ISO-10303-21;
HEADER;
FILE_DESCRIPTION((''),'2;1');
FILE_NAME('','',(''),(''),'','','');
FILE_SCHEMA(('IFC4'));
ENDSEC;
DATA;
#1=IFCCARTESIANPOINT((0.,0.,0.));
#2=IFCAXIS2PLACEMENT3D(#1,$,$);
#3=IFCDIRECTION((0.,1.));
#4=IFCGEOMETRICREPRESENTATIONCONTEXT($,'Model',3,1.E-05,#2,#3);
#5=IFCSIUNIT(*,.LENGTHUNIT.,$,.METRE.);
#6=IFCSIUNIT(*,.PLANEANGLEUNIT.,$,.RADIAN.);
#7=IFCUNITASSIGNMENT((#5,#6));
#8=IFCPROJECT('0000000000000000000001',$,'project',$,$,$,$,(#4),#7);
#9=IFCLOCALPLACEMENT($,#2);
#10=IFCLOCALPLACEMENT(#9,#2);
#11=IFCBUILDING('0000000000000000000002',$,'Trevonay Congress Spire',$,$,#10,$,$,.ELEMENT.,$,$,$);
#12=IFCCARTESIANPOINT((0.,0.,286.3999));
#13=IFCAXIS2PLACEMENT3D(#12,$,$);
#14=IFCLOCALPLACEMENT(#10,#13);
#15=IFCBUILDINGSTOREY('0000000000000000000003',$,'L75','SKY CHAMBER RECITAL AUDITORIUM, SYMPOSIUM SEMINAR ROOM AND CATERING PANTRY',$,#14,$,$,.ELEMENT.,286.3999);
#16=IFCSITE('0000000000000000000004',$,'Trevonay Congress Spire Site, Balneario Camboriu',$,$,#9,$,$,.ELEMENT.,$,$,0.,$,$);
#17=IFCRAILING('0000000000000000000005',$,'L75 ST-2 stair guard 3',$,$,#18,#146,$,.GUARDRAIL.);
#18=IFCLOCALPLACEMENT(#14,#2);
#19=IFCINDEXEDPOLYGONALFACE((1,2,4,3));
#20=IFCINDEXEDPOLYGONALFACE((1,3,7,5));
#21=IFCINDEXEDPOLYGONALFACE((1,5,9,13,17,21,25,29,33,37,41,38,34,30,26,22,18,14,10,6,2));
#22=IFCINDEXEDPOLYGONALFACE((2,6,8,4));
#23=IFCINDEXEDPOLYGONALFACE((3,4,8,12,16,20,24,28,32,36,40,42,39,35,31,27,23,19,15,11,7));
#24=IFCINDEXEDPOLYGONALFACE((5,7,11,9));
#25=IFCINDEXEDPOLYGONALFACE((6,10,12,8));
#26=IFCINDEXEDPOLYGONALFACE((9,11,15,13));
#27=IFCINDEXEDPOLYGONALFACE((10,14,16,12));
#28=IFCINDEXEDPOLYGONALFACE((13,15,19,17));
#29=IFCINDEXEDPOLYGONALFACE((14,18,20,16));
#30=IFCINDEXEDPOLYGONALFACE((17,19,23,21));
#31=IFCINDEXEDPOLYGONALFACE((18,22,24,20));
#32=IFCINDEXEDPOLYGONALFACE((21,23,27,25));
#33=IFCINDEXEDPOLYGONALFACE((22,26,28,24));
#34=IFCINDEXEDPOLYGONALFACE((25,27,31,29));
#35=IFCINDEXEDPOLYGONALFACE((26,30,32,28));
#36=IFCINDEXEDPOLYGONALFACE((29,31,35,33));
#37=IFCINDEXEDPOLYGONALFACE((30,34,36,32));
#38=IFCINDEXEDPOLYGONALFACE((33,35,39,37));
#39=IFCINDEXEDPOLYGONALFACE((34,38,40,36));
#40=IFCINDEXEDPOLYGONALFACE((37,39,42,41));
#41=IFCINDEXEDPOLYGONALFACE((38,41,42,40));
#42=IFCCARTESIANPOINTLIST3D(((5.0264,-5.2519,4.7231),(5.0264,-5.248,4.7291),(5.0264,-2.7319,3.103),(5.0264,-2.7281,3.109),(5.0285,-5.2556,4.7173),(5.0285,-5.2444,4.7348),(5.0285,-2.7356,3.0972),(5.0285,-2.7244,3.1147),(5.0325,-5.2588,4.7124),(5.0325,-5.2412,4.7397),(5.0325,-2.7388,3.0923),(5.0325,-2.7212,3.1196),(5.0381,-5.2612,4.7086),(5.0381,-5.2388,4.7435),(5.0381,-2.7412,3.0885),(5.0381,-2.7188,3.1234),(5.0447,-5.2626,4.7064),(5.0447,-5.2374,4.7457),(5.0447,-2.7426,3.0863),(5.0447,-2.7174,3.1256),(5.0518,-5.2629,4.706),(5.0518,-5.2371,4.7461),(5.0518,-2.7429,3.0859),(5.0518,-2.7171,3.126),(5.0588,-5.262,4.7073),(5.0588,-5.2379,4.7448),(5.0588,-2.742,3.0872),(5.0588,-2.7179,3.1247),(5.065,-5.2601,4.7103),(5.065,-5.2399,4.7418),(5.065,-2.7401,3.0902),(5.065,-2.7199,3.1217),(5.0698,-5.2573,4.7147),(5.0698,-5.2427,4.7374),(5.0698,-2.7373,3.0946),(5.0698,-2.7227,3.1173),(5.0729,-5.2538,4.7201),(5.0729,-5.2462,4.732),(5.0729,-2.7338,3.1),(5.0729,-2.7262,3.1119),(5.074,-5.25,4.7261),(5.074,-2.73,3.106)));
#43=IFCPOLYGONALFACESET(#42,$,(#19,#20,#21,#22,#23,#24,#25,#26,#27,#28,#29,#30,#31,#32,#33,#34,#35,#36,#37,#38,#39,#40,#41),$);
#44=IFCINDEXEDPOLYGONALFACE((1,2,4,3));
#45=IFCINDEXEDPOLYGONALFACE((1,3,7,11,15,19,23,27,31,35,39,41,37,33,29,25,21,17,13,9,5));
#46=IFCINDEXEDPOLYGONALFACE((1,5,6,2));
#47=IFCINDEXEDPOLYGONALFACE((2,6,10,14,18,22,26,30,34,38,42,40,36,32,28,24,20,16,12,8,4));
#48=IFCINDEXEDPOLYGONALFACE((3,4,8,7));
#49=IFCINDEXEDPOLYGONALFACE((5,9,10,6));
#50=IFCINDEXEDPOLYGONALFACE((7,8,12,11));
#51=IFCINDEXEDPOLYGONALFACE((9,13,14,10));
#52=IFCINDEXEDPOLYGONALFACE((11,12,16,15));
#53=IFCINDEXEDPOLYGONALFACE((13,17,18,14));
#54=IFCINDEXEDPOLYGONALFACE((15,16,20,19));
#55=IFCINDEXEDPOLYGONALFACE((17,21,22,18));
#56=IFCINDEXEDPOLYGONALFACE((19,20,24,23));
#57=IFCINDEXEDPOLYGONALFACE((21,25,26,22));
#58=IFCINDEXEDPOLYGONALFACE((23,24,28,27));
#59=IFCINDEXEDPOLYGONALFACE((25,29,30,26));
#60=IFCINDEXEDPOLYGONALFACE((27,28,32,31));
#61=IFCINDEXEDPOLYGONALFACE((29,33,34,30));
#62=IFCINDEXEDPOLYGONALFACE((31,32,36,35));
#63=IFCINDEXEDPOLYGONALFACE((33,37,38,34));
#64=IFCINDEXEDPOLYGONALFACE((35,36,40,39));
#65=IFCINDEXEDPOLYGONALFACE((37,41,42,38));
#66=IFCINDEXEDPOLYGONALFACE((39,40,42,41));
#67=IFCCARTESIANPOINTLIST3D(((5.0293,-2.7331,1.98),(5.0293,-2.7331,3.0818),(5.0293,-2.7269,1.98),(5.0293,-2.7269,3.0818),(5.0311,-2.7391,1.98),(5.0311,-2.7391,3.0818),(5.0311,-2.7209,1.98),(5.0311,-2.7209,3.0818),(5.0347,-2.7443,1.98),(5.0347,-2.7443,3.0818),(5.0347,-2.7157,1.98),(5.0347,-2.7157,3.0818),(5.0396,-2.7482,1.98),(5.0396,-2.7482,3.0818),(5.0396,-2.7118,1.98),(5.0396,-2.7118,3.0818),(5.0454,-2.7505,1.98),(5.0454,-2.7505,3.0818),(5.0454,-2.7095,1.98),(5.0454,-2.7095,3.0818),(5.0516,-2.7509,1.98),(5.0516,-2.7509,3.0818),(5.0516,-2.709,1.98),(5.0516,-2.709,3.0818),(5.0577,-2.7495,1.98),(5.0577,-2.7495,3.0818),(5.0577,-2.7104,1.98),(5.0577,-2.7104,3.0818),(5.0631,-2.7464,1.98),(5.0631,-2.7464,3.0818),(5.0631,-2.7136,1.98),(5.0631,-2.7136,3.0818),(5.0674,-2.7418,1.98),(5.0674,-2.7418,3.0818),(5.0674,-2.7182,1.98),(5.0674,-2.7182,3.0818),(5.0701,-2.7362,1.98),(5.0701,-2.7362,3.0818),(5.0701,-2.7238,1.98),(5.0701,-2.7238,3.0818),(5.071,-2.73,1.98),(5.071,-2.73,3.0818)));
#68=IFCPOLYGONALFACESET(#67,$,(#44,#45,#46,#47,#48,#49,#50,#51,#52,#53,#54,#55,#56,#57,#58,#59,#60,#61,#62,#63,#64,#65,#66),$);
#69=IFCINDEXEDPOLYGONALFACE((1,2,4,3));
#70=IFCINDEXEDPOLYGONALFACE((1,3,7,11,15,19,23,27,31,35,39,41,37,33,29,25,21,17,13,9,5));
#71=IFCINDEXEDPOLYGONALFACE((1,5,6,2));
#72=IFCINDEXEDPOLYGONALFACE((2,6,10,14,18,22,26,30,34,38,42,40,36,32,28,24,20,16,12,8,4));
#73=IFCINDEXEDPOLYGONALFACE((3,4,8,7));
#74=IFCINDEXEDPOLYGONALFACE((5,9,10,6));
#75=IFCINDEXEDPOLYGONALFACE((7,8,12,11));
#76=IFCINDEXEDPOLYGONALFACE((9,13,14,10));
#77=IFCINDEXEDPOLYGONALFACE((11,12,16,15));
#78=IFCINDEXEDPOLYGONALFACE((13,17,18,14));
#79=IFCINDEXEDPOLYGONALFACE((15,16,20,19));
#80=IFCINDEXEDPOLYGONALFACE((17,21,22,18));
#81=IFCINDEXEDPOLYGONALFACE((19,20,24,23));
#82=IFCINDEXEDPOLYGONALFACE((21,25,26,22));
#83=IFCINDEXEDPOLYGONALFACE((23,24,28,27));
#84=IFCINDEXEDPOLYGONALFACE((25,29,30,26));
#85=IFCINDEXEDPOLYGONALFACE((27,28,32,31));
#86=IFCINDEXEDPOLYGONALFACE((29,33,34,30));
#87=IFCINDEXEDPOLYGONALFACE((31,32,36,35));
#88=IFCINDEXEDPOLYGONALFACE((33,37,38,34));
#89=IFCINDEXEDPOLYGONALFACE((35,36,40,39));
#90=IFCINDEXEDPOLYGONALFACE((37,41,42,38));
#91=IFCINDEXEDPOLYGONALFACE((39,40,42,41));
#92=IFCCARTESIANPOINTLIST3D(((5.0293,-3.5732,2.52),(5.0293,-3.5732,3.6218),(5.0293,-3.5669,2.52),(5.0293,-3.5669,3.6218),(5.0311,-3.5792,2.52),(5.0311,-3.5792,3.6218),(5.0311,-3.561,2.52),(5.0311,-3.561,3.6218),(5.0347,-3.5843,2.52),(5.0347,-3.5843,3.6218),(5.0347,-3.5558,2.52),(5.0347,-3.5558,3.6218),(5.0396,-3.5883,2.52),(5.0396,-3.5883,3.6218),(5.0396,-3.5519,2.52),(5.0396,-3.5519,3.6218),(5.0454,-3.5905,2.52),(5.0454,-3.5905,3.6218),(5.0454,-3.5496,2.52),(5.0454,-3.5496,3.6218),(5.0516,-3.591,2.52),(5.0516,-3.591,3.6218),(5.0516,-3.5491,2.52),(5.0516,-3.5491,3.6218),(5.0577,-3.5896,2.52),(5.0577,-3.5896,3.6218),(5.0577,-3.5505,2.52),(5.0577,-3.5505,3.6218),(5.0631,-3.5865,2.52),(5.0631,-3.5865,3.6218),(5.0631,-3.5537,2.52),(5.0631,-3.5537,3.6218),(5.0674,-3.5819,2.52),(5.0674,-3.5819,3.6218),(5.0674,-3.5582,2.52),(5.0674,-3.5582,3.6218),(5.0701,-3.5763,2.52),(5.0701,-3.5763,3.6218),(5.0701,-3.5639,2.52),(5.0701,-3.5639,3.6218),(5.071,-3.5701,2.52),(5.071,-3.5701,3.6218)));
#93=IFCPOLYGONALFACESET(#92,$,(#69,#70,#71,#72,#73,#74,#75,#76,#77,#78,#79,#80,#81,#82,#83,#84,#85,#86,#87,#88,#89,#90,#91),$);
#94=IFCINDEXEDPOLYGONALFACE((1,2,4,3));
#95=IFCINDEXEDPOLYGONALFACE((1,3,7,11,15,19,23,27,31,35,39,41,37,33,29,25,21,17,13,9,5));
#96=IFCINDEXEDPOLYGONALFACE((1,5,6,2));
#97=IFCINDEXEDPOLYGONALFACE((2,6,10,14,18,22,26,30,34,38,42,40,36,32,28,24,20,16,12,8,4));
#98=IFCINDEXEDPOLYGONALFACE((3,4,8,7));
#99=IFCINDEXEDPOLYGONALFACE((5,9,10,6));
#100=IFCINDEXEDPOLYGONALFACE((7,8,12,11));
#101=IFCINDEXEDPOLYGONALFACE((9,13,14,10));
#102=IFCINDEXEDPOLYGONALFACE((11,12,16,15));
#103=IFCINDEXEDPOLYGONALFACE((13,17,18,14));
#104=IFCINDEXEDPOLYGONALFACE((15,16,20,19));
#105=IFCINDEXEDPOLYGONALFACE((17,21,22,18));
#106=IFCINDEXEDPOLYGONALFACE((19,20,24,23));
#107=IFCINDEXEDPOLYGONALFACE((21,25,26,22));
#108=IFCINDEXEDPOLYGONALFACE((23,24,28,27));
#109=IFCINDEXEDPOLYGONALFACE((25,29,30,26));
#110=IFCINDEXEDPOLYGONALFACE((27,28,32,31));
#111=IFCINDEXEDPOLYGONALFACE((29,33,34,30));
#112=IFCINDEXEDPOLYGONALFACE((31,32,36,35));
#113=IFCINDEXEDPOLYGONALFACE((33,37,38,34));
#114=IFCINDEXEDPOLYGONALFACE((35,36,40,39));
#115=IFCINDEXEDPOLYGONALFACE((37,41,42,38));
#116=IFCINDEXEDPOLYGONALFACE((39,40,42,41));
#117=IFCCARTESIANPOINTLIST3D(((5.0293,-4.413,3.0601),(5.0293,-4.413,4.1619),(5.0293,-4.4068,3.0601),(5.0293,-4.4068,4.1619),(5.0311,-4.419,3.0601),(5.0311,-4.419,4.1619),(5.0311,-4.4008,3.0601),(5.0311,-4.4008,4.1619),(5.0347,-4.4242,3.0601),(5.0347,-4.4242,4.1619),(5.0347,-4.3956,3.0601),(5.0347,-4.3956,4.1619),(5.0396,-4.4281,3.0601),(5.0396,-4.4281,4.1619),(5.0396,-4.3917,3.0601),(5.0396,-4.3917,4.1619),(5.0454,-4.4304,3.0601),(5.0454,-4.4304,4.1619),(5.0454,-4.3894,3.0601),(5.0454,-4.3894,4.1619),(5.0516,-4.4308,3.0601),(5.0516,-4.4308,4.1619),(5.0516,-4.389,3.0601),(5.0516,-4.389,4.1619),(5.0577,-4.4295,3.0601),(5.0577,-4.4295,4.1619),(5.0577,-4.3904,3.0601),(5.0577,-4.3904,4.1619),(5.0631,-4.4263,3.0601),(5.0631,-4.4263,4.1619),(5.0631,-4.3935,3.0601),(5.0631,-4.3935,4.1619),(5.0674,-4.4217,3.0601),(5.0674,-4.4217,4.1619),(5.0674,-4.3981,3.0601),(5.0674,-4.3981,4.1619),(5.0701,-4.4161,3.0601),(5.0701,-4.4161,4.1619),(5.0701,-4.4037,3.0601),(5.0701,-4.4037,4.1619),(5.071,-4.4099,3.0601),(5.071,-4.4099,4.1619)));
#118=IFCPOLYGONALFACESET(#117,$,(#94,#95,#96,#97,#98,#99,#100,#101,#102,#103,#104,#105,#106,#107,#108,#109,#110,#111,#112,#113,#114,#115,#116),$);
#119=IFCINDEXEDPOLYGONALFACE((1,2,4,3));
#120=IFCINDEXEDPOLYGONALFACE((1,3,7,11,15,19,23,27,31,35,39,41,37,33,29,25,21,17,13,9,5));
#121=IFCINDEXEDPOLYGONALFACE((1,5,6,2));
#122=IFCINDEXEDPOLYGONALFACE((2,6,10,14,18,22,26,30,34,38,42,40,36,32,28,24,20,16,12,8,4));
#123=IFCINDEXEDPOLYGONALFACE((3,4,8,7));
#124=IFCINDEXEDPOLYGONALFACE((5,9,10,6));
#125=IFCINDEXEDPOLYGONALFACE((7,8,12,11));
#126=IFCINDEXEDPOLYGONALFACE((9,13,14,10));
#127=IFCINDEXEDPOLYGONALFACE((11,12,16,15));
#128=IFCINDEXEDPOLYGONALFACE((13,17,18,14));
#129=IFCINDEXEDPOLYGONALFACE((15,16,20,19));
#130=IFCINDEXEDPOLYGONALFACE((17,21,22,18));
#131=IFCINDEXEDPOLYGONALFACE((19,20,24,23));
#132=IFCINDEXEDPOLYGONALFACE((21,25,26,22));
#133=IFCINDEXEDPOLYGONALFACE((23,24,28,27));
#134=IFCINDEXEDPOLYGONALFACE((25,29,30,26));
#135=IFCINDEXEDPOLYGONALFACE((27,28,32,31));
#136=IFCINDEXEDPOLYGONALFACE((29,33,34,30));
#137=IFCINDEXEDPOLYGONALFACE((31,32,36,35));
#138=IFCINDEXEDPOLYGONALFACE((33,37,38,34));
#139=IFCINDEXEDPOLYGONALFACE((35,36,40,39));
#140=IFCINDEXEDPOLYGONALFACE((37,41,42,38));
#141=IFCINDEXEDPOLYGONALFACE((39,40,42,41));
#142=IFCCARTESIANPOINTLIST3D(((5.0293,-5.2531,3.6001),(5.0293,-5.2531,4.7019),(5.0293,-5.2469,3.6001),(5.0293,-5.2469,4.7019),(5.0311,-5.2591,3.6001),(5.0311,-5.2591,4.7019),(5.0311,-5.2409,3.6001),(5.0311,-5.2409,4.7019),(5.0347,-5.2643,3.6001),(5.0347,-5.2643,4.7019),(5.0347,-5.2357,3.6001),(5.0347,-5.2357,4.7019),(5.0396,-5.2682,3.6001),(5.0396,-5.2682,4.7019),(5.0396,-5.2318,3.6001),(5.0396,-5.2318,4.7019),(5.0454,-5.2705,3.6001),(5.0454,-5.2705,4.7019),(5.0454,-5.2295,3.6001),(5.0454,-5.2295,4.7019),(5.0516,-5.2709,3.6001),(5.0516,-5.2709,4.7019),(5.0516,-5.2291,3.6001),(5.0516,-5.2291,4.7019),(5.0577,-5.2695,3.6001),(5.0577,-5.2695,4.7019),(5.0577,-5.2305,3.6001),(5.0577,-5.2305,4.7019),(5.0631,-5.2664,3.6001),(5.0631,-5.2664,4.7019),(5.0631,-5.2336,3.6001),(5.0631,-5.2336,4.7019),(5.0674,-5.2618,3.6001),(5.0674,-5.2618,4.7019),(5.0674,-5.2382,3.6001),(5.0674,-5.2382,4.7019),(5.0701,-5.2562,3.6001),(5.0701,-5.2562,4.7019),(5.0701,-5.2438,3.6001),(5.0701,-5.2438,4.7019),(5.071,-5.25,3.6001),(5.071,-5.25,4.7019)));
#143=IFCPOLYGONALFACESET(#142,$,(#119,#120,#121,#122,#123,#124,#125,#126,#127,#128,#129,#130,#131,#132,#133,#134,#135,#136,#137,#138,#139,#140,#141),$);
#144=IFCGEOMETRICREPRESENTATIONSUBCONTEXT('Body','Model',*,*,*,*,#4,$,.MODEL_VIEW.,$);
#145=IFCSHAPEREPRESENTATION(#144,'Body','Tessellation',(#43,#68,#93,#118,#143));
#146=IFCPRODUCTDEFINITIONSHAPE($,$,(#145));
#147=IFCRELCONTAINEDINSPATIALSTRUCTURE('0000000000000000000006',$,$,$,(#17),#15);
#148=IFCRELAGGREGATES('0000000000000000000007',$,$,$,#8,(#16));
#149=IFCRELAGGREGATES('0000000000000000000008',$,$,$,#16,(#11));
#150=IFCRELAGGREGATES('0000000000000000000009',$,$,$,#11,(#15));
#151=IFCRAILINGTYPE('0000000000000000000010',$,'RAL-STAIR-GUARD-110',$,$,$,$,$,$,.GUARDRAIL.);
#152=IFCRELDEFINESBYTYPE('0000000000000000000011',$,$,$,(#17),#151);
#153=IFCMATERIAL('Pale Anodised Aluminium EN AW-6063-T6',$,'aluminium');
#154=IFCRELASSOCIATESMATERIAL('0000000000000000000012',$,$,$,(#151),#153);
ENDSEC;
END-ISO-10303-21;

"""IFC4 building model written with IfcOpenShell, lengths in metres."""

from ifc_helpers import new_model, si_unit, direction, frame, origin, origin_2d, place, context, subcontext, project, spatial, circle, extrude, material, type_object, element, save


model = new_model("IFC4")

# Units and contexts
model_context = context("Model", 3, precision=1e-05, world=origin(), true_north=direction((0.0, 1.0)))
body_context = subcontext(model_context, "Body", "Model", "MODEL_VIEW")
ifc_project = project(units=[si_unit("LENGTHUNIT", "METRE"), si_unit("PLANEANGLEUNIT", "RADIAN")], contexts=[model_context])

# Site, building, storey
site_placement = place(None, origin())
site = spatial("IfcSite", under=ifc_project, at=site_placement, Name="Trevonay Congress Spire Site, Balneario Camboriu", CompositionType="ELEMENT", RefElevation=0.0)
building_placement = place(site_placement, origin())
building = spatial("IfcBuilding", under=site, at=building_placement, Name="Trevonay Congress Spire", CompositionType="ELEMENT")
storey_placement = place(building_placement, frame((0.0, 0.0, 286.3999)))
storey = spatial("IfcBuildingStorey", under=building, at=storey_placement, Name="L75", Description="SKY CHAMBER RECITAL AUDITORIUM, SYMPOSIUM SEMINAR ROOM AND CATERING PANTRY", CompositionType="ELEMENT", Elevation=286.3999)

# Shared definitions
ifc_material_1 = material(Name="Pale Anodised Aluminium EN AW-6063-T6", Category="aluminium")

# Railing
railing_type_1 = type_object("IfcRailingType", Name="RAL-STAIR-GUARD-110", PredefinedType="GUARDRAIL", material=ifc_material_1)
railing_1_placement = place(storey_placement, frame((5.05, -2.73, 1.98)))
element("IfcRailing", 1, at=railing_1_placement, inside=storey, type_object=railing_type_1, Name="L75 ST-2 stair guard 3", PredefinedType="GUARDRAIL", context=body_context, shape_type="SweptSolid", body=[
    extrude(circle(Radius=0.0239, at=origin_2d()), frame((0.0, 0.0, 1.126), z_axis=(0.0, -0.841163, 0.540782), x_axis=(1.0, 0.0, 0.0)), (0.0, 0.0, 1.0), 2.9958),
    extrude(circle(Radius=0.021, at=origin_2d()), origin(), (0.0, 0.0, 1.0), 1.1018),
    extrude(circle(Radius=0.021, at=origin_2d()), frame((0.0, -0.8401, 0.54)), (0.0, 0.0, 1.0), 1.1018),
    extrude(circle(Radius=0.021, at=origin_2d()), frame((0.0, -1.6799, 1.0801)), (0.0, 0.0, 1.0), 1.1018),
    extrude(circle(Radius=0.021, at=origin_2d()), frame((0.0, -2.52, 1.6201)), (0.0, 0.0, 1.0), 1.1018),
])

save(model, "model.ifc")
